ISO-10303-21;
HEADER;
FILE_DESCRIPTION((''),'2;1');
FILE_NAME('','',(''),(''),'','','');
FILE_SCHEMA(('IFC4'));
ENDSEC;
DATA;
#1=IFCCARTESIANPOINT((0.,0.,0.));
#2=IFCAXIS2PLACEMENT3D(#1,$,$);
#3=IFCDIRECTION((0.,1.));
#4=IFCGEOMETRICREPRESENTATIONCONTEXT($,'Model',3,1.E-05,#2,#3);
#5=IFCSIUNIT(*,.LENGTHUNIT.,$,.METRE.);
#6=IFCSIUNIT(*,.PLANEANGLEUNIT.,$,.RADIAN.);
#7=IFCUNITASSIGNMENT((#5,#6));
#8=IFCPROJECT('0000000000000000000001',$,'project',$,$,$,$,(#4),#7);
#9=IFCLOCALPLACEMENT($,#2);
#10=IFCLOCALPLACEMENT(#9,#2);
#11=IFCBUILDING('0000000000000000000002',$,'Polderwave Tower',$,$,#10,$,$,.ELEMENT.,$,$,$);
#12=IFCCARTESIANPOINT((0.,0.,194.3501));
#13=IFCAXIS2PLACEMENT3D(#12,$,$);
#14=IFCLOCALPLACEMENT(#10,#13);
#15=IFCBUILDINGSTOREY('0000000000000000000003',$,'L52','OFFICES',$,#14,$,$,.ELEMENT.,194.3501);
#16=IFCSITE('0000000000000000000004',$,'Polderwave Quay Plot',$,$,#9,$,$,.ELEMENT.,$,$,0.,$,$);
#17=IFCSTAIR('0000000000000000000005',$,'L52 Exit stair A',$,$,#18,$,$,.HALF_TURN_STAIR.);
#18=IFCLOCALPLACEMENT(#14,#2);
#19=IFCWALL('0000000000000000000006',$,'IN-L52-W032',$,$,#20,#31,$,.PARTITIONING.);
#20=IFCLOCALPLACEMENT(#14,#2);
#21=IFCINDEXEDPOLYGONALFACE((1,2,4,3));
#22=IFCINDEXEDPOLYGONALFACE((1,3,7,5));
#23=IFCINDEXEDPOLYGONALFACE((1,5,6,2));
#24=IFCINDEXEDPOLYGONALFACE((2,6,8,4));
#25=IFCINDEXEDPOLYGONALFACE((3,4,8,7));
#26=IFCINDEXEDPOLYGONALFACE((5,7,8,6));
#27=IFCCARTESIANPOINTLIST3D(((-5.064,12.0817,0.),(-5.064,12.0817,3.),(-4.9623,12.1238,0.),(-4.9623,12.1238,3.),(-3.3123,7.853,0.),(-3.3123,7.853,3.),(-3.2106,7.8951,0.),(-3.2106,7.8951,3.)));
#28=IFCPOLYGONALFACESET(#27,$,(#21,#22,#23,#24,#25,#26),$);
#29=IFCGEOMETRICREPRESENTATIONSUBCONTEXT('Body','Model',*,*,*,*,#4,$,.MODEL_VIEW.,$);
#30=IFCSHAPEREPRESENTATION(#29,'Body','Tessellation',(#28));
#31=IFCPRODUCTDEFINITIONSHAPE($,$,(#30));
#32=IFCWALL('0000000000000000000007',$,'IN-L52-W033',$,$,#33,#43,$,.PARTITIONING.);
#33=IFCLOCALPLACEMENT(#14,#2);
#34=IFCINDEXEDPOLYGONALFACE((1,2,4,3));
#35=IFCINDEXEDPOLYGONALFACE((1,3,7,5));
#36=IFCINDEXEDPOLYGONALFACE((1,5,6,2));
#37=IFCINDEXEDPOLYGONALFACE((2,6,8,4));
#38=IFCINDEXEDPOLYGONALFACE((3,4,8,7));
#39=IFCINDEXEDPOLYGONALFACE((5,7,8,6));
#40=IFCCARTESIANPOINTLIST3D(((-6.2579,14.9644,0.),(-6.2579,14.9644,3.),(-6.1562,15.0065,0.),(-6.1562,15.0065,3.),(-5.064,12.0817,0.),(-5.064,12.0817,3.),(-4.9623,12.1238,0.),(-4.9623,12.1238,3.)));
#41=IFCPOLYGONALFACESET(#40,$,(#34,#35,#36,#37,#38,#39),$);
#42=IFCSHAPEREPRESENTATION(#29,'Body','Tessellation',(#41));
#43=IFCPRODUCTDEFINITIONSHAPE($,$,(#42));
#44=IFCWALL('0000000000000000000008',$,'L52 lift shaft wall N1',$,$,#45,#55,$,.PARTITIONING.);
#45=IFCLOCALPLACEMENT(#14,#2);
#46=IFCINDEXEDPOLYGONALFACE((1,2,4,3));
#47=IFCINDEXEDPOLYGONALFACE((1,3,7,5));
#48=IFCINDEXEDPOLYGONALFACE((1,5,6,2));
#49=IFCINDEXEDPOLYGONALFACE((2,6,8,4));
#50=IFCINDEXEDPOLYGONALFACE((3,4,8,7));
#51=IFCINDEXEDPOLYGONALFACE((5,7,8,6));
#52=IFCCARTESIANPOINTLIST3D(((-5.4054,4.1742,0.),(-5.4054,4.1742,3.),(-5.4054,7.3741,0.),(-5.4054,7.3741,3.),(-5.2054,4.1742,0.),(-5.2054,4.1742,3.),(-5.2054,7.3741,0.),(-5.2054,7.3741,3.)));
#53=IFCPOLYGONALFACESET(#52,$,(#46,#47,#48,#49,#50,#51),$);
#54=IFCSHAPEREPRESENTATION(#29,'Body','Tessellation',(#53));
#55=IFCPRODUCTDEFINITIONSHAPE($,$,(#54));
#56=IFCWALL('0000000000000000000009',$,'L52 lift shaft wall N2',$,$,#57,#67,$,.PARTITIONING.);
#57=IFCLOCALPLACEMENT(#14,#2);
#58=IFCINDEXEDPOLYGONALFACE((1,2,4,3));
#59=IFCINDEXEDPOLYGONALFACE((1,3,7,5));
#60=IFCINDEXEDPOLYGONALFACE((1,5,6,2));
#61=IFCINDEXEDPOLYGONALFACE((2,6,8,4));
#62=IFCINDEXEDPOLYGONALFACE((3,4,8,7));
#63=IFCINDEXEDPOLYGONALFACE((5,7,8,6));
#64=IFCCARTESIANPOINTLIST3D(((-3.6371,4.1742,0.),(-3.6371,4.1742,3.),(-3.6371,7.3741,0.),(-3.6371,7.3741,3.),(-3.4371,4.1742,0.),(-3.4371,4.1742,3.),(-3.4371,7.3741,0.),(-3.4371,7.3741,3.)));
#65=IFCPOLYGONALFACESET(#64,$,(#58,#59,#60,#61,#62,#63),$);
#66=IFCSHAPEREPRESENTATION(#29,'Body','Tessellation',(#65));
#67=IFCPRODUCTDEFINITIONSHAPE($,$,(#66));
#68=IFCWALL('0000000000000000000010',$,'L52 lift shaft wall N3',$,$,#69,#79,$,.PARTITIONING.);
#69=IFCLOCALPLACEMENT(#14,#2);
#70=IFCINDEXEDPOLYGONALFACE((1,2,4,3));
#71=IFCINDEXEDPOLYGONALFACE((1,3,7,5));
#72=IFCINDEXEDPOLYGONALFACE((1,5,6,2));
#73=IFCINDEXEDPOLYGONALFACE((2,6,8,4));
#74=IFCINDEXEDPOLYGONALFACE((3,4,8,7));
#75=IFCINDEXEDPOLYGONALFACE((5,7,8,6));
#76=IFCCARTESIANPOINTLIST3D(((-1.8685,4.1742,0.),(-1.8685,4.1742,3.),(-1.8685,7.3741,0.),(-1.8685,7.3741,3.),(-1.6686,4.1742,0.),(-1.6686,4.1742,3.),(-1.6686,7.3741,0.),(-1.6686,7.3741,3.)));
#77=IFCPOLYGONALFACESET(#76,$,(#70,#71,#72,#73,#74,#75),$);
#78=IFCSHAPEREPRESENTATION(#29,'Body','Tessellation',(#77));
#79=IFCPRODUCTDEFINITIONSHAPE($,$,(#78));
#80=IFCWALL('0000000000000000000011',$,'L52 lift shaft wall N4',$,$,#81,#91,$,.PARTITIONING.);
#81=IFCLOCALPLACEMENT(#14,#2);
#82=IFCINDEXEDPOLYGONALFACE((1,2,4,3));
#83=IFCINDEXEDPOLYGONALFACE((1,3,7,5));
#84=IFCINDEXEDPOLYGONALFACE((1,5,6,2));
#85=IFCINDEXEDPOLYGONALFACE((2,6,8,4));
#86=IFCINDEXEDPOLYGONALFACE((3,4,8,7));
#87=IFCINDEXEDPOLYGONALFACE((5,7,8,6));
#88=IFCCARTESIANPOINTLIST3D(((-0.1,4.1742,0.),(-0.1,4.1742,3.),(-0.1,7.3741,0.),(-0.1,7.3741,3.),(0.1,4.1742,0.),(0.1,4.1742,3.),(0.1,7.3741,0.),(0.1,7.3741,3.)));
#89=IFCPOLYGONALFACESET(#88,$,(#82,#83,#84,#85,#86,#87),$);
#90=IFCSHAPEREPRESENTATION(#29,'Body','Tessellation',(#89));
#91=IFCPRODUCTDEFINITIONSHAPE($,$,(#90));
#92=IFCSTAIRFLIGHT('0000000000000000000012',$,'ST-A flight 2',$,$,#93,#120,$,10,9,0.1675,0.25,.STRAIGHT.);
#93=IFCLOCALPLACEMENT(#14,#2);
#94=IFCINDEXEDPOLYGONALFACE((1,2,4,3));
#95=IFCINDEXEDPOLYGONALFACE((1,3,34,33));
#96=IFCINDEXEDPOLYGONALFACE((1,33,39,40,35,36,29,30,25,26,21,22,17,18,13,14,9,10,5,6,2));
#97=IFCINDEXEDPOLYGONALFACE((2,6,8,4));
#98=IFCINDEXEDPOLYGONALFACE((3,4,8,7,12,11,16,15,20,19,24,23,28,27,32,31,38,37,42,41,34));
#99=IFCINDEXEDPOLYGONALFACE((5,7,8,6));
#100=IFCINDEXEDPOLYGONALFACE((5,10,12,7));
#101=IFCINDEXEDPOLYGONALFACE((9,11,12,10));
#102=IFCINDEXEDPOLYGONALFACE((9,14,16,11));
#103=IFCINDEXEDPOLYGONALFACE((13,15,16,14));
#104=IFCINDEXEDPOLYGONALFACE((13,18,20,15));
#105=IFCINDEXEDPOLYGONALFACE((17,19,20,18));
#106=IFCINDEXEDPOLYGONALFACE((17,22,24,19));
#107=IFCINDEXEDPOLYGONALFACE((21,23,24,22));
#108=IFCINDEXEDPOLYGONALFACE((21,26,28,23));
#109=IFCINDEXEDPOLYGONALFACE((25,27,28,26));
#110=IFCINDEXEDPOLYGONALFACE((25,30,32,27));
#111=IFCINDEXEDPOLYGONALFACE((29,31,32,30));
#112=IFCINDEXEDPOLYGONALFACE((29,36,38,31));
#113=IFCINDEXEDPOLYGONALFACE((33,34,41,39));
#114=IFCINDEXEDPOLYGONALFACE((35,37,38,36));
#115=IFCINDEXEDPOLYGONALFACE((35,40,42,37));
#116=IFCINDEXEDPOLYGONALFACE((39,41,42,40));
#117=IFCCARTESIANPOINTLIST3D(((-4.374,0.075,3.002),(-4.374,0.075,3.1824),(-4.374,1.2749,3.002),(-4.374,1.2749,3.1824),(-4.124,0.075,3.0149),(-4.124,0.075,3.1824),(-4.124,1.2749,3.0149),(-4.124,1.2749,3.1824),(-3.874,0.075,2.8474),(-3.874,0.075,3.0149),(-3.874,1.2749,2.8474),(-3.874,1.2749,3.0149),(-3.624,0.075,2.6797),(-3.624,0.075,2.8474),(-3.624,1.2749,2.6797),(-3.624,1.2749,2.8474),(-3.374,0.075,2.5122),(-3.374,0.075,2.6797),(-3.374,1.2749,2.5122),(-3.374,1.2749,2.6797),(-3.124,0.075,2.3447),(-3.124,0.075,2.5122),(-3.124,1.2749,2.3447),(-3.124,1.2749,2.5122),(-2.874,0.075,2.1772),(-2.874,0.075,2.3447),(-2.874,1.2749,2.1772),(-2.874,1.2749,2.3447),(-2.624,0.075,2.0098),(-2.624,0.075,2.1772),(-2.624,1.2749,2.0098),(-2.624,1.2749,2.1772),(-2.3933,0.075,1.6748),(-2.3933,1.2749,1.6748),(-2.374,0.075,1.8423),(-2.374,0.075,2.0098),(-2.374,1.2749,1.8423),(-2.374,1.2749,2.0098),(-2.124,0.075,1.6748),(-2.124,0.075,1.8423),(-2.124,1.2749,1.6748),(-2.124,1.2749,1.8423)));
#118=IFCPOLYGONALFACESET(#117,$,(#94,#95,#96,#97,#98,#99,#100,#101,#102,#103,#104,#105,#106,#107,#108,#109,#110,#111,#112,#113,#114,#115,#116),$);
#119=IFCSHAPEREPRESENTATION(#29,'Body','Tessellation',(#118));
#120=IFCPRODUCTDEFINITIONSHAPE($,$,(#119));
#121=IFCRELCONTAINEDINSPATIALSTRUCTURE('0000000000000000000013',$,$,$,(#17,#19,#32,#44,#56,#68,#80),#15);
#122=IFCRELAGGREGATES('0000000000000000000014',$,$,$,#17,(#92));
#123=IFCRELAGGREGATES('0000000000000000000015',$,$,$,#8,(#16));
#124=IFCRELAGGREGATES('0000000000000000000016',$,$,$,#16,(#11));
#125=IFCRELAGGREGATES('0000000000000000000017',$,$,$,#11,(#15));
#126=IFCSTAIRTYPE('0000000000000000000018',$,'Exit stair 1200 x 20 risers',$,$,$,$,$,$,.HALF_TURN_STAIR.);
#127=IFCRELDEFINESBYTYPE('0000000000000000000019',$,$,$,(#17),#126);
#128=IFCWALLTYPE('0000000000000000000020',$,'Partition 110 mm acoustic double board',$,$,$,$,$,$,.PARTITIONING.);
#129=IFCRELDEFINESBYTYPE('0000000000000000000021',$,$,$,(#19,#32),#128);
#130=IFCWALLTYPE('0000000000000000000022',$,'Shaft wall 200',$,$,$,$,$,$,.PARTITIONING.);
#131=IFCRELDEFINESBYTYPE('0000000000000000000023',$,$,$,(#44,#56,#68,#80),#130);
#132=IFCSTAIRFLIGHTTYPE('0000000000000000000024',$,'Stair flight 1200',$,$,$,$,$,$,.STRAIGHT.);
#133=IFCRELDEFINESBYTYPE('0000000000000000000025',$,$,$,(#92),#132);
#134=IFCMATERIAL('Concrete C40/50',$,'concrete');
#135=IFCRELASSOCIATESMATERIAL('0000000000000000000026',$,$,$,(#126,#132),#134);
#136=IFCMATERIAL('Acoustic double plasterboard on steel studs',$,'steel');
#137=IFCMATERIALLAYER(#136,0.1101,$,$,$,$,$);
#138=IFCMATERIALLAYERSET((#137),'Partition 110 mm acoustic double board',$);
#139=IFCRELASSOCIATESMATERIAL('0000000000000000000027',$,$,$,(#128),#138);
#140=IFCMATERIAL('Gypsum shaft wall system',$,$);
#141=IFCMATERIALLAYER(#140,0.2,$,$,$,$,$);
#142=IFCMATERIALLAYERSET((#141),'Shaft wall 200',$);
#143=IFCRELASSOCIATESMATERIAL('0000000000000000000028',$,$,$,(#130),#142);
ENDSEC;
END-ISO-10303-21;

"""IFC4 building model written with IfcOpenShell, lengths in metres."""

from ifc_helpers import new_model, si_unit, direction, frame, frame_2d, origin, place, context, subcontext, project, spatial, polyline, rectangle, outline, extrude, material, layer, layer_set, type_object, element, aggregate, save


model = new_model("IFC4")

# Units and contexts
model_context = context("Model", 3, precision=1e-05, world=origin(), true_north=direction((0.0, 1.0)))
body_context = subcontext(model_context, "Body", "Model", "MODEL_VIEW")
ifc_project = project(units=[si_unit("LENGTHUNIT", "METRE"), si_unit("PLANEANGLEUNIT", "RADIAN")], contexts=[model_context])

# Site, building, storey
site_placement = place(None, origin())
site = spatial("IfcSite", under=ifc_project, at=site_placement, Name="Polderwave Quay Plot", CompositionType="ELEMENT", RefElevation=0.0)
building_placement = place(site_placement, origin())
building = spatial("IfcBuilding", under=site, at=building_placement, Name="Polderwave Tower", CompositionType="ELEMENT")
storey_placement = place(building_placement, frame((0.0, 0.0, 194.3501)))
storey = spatial("IfcBuildingStorey", under=building, at=storey_placement, Name="L52", Description="OFFICES", CompositionType="ELEMENT", Elevation=194.3501)

# Shared definitions
ifc_material_1 = material(Name="Concrete C40/50", Category="concrete")

# Stair
stair_type = type_object("IfcStairType", Name="Exit stair 1200 x 20 risers", PredefinedType="HALF_TURN_STAIR", material=ifc_material_1)
stair_1_placement = place(storey_placement, origin())
stair_1 = element("IfcStair", 1, at=stair_1_placement, inside=storey, type_object=stair_type, Name="L52 Exit stair A", PredefinedType="HALF_TURN_STAIR")

# Walls
ifc_material_2 = material(Name="Acoustic double plasterboard on steel studs", Category="steel")
ifc_layer_1 = layer(ifc_material_2, 0.1101)
ifc_layer_set_1 = layer_set([ifc_layer_1], Name="Partition 110 mm acoustic double board")
wall_type_1 = type_object("IfcWallType", Name="Partition 110 mm acoustic double board", PredefinedType="PARTITIONING", material=ifc_layer_set_1)
wall_1_placement = place(storey_placement, frame((-3.2615, 7.874, 0.0), z_axis=(0.0, 0.0, 1.0), x_axis=(-0.382702, 0.923872, 0.0)))
element("IfcWall", 2, at=wall_1_placement, inside=storey, type_object=wall_type_1, Name="IN-L52-W032", PredefinedType="PARTITIONING", context=body_context, shape_type="SweptSolid", body=[
    extrude(rectangle(XDim=4.5771, YDim=0.1101, at=frame_2d((2.2886, 0.0))), origin(), (0.0, 0.0, 1.0), 3.0),
])
wall_2_placement = place(storey_placement, frame((-5.0132, 12.1028, 0.0), z_axis=(0.0, 0.0, 1.0), x_axis=(-0.382642, 0.923897, 0.0)))
element("IfcWall", 3, at=wall_2_placement, inside=storey, type_object=wall_type_1, Name="IN-L52-W033", PredefinedType="PARTITIONING", context=body_context, shape_type="SweptSolid", body=[
    extrude(rectangle(XDim=3.1201, YDim=0.1101, at=frame_2d((1.5601, 0.0))), origin(), (0.0, 0.0, 1.0), 3.0),
])
ifc_material_3 = material(Name="Gypsum shaft wall system")
ifc_layer_2 = layer(ifc_material_3, 0.2)
ifc_layer_set_2 = layer_set([ifc_layer_2], Name="Shaft wall 200")
wall_type_2 = type_object("IfcWallType", Name="Shaft wall 200", PredefinedType="PARTITIONING", material=ifc_layer_set_2)
for number, where, z_axis, x_axis, name in (
    (4, (-5.3054, 4.1741, 0.0), (0.0, 0.0, 1.0), (0.0, 1.0, 0.0), "L52 lift shaft wall N1"),
    (5, (-3.5371, 4.1741, 0.0), (0.0, 0.0, 1.0), (0.0, 1.0, 0.0), "L52 lift shaft wall N2"),
    (6, (-1.7686, 4.1741, 0.0), (0.0, 0.0, 1.0), (0.0, 1.0, 0.0), "L52 lift shaft wall N3"),
    (7, (0.0, 4.1741, 0.0), (0.0, 0.0, 1.0), (0.0, 1.0, 0.0), "L52 lift shaft wall N4"),
):
    element("IfcWall", number, at=place(storey_placement, frame(where, z_axis=z_axis, x_axis=x_axis)), inside=storey, type_object=wall_type_2, Name=name, PredefinedType="PARTITIONING", context=body_context, shape_type="SweptSolid", body=[
        extrude(rectangle(XDim=3.2, YDim=0.2, at=frame_2d((1.6001, 0.0))), origin(), (0.0, 0.0, 1.0), 3.0),
    ])

# Stair flight
stair_flight_type = type_object("IfcStairFlightType", Name="Stair flight 1200", PredefinedType="STRAIGHT", material=ifc_material_1)
stair_flight_placement = place(storey_placement, frame((-2.124, 0.675, 1.6748), z_axis=(0.0, 0.0, 1.0), x_axis=(-1.0, 0.0, 0.0)))
stair_flight = element("IfcStairFlight", 8, at=stair_flight_placement, type_object=stair_flight_type, Name="ST-A flight 2", NumberOfRisers=10, NumberOfTreads=9, PredefinedType="STRAIGHT", RiserHeight=0.1675, TreadLength=0.25, context=body_context, shape_type="SweptSolid", body=[
    extrude(outline(polyline([(0.0, 0.0), (0.0, 0.1675), (0.25, 0.1675), (0.25, 0.335), (0.5, 0.335), (0.5, 0.5024), (0.75, 0.5024), (0.75, 0.6699), (1.0, 0.6699), (1.0, 0.8374), (1.25, 0.8374), (1.25, 1.0049), (1.5, 1.0049), (1.5, 1.1726), (1.75, 1.1726), (1.75, 1.3401), (2.0, 1.3401), (2.0, 1.5076), (2.25, 1.5076), (2.25, 1.675), (2.25, 1.3271), (0.2693, 0.0), (0.0, 0.0)])), frame((0.0, 0.6001, 0.0), z_axis=(0.0, -1.0, 0.0), x_axis=(1.0, 0.0, 0.0)), (0.0, 0.0, 1.0), 1.2),
])
aggregate(stair_1, [stair_flight])

save(model, "model.ifc")
